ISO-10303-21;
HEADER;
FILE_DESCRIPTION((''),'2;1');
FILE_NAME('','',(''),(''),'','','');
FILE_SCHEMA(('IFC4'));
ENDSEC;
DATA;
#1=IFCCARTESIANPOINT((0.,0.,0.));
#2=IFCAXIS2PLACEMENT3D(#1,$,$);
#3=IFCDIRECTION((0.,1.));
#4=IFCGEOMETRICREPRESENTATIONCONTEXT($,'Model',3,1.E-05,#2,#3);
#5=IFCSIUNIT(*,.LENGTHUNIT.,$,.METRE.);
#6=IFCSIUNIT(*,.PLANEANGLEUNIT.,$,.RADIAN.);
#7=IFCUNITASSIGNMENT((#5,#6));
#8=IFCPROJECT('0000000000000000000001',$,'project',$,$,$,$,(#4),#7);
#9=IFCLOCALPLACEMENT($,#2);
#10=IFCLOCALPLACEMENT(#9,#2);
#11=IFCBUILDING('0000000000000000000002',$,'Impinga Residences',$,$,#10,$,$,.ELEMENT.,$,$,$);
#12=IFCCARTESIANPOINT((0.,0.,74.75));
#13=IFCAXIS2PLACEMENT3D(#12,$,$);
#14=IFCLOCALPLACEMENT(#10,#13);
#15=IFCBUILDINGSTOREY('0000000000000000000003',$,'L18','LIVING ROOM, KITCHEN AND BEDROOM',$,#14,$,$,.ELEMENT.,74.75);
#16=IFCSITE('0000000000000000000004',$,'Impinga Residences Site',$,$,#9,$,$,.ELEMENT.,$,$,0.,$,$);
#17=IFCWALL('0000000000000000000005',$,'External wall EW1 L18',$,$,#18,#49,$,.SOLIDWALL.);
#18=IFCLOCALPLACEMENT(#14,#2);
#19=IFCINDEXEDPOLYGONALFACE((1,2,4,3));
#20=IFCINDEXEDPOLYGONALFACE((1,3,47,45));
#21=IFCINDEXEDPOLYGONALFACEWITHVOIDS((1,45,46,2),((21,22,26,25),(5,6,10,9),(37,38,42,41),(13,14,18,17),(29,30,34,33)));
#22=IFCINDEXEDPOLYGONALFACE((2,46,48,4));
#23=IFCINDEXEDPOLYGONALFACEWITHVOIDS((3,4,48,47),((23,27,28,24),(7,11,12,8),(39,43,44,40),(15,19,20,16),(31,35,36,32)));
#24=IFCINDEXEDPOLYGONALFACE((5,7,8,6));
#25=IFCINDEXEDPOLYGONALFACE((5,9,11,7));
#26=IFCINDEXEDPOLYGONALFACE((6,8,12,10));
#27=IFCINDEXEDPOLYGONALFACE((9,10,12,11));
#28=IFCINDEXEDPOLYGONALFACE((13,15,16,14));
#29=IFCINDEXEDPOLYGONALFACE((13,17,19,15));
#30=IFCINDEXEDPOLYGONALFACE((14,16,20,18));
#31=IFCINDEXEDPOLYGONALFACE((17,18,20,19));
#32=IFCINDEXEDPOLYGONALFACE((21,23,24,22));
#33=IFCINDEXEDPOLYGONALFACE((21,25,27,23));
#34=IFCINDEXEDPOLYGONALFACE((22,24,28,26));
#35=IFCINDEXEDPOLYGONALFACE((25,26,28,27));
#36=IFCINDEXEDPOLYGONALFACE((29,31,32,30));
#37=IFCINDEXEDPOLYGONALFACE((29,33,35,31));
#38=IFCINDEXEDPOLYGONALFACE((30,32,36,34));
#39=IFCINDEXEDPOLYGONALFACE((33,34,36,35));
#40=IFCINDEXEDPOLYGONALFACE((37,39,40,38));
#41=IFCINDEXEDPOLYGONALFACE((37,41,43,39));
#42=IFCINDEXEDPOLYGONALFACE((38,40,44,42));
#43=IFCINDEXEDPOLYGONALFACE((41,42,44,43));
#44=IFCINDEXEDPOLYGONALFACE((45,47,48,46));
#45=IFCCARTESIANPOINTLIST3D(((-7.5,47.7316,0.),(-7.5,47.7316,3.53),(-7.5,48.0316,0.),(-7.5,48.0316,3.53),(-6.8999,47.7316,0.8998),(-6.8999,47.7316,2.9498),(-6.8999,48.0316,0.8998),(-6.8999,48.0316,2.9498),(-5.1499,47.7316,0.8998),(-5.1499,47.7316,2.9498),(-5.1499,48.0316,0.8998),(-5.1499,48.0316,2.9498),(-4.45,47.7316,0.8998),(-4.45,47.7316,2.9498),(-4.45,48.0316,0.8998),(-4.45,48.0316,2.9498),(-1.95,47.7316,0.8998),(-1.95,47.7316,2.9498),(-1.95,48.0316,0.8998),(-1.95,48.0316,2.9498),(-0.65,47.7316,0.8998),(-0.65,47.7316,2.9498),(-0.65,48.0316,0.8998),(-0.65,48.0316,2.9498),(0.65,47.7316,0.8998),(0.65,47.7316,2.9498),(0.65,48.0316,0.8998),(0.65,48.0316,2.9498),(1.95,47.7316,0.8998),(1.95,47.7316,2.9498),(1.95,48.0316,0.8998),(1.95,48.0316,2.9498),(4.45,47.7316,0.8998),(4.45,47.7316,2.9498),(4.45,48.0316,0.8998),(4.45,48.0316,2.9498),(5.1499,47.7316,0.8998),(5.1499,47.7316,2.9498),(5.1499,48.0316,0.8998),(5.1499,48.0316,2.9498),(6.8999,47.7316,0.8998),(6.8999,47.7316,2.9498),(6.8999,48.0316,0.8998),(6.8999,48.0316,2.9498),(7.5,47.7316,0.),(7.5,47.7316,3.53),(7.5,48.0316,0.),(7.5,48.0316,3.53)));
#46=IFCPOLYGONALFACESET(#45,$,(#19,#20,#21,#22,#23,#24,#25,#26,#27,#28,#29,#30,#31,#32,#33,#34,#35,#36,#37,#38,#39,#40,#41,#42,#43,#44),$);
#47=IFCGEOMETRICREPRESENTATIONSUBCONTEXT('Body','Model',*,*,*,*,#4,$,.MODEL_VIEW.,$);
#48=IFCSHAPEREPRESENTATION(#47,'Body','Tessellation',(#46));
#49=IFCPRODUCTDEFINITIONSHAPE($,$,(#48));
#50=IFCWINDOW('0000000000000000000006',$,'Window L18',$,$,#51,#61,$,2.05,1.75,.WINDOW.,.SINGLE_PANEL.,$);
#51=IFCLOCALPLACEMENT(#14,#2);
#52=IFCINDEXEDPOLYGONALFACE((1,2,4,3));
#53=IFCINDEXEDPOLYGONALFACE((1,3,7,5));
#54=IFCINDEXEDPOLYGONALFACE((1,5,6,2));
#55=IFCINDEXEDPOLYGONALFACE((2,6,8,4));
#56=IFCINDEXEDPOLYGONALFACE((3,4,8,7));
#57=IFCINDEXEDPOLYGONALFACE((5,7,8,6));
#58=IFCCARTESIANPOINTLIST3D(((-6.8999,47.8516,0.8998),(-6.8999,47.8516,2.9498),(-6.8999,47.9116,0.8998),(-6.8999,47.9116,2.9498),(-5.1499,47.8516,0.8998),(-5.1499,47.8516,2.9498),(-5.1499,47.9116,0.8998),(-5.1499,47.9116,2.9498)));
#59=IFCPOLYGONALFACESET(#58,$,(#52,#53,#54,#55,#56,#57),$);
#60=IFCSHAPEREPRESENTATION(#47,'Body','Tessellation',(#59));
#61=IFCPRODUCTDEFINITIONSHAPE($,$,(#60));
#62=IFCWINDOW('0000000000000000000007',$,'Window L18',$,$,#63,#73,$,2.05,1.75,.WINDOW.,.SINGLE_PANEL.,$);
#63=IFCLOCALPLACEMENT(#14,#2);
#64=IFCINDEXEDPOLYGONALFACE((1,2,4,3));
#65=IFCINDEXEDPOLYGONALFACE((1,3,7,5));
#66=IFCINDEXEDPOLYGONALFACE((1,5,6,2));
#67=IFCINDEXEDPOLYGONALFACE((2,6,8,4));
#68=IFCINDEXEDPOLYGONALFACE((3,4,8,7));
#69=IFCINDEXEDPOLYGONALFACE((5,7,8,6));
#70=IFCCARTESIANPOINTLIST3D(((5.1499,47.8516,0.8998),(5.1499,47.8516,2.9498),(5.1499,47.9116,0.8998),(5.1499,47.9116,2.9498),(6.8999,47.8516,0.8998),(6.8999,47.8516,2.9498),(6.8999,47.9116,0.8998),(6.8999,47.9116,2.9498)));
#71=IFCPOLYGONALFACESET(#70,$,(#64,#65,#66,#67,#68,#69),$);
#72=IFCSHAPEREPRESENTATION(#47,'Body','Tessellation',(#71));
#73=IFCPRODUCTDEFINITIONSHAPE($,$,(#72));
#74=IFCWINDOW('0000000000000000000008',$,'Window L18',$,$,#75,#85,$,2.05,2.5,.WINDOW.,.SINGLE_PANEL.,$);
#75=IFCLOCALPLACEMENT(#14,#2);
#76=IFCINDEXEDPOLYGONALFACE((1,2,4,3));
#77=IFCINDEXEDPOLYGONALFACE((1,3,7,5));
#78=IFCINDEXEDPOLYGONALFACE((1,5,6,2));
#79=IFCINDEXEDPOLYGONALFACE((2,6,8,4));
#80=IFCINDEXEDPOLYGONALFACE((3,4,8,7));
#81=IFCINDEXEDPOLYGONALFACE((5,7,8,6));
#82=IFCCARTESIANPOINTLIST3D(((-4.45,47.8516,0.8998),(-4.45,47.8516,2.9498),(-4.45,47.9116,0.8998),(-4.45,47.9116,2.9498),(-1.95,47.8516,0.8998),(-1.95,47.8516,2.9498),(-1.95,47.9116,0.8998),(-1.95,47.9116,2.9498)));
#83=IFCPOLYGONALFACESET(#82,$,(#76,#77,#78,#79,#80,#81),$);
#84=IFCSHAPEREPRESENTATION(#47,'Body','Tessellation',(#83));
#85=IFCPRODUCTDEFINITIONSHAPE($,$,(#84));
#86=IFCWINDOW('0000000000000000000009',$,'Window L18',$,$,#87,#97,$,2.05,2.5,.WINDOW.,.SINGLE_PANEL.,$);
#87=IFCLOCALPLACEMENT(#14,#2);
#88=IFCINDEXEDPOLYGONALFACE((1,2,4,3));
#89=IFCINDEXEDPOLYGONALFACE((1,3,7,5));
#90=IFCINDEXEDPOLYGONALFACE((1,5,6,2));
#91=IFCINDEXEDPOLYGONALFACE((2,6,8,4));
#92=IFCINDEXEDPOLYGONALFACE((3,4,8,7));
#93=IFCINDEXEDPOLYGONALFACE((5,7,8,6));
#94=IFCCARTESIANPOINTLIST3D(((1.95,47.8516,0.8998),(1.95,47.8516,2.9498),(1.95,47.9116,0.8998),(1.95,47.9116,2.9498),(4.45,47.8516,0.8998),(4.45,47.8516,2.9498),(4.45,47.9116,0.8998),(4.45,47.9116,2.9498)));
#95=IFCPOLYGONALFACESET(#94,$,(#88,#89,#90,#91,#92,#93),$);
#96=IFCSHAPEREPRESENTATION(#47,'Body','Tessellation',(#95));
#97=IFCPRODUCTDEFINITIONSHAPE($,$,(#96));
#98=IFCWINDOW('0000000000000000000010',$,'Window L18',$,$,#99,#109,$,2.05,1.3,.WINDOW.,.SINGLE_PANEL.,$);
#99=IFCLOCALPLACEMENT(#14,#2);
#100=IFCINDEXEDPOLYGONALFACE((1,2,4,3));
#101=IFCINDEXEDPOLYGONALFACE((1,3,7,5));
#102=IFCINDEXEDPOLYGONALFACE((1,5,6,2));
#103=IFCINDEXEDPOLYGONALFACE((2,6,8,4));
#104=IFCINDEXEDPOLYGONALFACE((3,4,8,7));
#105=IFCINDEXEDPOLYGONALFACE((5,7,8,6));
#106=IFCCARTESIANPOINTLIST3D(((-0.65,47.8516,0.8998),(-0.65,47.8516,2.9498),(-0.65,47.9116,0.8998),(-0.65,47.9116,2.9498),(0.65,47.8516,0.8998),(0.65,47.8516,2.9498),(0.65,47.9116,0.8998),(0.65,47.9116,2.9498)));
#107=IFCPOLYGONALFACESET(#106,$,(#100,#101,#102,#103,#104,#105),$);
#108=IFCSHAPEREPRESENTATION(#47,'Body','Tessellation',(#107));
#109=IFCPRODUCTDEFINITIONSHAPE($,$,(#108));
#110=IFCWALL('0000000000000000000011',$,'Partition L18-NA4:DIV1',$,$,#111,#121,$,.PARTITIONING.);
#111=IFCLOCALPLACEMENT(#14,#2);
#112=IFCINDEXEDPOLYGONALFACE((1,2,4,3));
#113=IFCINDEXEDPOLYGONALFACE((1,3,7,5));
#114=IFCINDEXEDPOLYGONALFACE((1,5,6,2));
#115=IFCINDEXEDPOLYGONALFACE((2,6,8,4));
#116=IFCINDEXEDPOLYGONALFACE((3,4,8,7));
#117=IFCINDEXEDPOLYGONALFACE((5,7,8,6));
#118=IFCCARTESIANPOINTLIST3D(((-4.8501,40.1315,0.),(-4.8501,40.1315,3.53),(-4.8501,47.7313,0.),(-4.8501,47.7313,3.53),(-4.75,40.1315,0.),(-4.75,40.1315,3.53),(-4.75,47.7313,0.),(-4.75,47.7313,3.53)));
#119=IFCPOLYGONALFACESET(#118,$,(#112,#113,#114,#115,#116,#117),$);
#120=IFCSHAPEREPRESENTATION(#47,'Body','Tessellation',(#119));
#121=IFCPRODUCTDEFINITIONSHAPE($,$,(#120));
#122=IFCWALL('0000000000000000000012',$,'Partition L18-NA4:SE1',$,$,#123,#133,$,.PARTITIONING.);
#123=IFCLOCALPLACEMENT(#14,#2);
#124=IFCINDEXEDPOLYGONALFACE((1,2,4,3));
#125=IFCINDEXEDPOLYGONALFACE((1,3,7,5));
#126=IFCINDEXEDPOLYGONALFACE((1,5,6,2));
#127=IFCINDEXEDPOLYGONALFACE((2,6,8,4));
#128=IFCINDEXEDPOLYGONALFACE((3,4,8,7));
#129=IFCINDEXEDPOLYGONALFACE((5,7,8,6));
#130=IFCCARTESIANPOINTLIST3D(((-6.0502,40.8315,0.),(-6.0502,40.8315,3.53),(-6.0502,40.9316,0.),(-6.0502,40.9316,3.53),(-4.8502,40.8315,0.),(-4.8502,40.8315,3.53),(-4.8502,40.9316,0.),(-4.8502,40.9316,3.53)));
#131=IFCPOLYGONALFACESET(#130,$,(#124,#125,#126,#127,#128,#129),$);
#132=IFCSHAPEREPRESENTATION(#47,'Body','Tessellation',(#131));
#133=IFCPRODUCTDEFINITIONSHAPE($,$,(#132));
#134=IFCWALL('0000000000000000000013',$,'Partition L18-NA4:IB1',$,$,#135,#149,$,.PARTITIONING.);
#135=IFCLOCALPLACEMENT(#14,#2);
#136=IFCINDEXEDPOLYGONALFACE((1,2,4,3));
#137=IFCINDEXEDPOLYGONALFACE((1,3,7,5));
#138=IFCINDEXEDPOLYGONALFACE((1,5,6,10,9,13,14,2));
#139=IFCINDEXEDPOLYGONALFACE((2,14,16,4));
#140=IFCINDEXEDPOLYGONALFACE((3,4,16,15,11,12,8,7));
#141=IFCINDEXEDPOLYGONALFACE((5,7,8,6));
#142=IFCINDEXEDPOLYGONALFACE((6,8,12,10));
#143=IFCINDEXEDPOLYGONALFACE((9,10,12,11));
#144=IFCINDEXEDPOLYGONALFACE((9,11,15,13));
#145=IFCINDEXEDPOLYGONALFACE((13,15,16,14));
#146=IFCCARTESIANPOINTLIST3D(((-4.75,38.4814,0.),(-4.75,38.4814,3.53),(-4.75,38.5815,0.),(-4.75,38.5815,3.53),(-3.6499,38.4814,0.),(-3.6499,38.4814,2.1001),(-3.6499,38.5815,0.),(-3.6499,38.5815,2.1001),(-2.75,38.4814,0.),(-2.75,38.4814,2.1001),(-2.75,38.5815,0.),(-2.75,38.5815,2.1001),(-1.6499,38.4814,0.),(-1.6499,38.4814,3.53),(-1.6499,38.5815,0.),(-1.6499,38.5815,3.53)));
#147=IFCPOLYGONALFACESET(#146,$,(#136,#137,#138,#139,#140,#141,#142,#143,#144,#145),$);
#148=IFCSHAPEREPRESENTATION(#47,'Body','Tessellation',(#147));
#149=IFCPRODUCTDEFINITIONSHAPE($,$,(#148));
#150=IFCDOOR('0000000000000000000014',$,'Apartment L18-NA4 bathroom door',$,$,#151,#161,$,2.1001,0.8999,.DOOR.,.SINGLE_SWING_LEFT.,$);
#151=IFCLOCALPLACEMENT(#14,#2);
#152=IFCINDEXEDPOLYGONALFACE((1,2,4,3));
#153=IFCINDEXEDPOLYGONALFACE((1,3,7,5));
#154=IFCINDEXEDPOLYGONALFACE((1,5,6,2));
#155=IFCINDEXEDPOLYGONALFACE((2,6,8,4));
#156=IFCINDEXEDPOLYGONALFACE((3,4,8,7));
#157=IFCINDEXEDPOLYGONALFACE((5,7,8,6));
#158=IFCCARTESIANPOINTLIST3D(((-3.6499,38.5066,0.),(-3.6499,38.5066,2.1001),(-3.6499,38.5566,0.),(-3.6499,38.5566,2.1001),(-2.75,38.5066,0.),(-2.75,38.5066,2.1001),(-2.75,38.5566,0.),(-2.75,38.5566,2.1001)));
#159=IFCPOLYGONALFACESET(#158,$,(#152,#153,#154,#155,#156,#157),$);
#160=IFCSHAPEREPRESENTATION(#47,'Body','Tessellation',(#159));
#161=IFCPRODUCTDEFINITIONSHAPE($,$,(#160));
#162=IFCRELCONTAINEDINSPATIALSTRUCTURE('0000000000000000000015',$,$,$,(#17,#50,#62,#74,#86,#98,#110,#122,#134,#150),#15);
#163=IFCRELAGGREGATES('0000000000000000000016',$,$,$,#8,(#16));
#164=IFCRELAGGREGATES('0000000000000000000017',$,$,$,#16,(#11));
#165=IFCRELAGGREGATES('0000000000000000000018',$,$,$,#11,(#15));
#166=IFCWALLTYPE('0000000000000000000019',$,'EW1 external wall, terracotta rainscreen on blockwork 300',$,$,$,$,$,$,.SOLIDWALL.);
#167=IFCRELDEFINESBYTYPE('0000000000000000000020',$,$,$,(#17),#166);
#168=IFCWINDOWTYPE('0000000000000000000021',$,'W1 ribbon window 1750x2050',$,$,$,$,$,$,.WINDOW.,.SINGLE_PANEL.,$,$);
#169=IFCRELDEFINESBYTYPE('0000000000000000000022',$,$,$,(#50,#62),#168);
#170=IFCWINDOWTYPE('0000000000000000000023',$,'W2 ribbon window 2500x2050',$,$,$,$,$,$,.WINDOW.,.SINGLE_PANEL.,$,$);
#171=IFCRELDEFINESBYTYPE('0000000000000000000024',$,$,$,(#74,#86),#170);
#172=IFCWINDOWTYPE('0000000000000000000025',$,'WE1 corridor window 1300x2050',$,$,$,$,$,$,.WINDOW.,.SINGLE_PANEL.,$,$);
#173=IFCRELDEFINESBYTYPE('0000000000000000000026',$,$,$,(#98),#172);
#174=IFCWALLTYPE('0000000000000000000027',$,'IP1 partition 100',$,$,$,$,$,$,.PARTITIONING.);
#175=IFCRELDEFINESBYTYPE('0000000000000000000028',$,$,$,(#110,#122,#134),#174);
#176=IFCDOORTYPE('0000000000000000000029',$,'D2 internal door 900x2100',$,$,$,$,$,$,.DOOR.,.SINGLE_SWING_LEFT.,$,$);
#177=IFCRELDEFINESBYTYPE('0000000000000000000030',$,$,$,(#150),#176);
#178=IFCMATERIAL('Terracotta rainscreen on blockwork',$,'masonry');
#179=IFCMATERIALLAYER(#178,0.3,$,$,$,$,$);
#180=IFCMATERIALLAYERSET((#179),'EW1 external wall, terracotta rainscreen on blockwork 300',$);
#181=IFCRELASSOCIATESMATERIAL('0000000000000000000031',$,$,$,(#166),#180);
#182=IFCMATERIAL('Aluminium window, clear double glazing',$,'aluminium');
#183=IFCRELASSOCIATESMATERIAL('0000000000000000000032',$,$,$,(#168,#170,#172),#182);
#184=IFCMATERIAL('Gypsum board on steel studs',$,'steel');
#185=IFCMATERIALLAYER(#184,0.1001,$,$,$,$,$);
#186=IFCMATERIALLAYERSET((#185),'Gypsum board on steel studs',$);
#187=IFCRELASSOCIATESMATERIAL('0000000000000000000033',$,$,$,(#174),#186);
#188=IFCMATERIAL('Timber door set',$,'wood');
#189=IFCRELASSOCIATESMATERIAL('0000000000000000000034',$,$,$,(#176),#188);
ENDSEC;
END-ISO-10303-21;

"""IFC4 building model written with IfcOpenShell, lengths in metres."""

from ifc_helpers import new_model, si_unit, direction, frame, frame_2d, origin, place, context, subcontext, project, spatial, rectangle, extrude, material, layer, layer_set, type_object, element, fill, save


model = new_model("IFC4")

# Units and contexts
model_context = context("Model", 3, precision=1e-05, world=origin(), true_north=direction((0.0, 1.0)))
body_context = subcontext(model_context, "Body", "Model", "MODEL_VIEW")
ifc_project = project(units=[si_unit("LENGTHUNIT", "METRE"), si_unit("PLANEANGLEUNIT", "RADIAN")], contexts=[model_context])

# Site, building, storey
site_placement = place(None, origin())
site = spatial("IfcSite", under=ifc_project, at=site_placement, Name="Impinga Residences Site", CompositionType="ELEMENT", RefElevation=0.0)
building_placement = place(site_placement, origin())
building = spatial("IfcBuilding", under=site, at=building_placement, Name="Impinga Residences", CompositionType="ELEMENT")
storey_placement = place(building_placement, frame((0.0, 0.0, 74.75)))
storey = spatial("IfcBuildingStorey", under=building, at=storey_placement, Name="L18", Description="LIVING ROOM, KITCHEN AND BEDROOM", CompositionType="ELEMENT", Elevation=74.75)

# Shared definitions
ifc_material_1 = material(Name="Terracotta rainscreen on blockwork", Category="masonry")
ifc_layer_1 = layer(ifc_material_1, 0.3)
ifc_layer_set_1 = layer_set([ifc_layer_1], Name="EW1 external wall, terracotta rainscreen on blockwork 300")
wall_type_1 = type_object("IfcWallType", Name="EW1 external wall, terracotta rainscreen on blockwork 300", PredefinedType="SOLIDWALL", material=ifc_layer_set_1)

# Wall, openings, windows
wall_1_placement = place(storey_placement, frame((-7.5, 47.8816, 0.0), z_axis=(0.0, 0.0, 1.0), x_axis=(1.0, 0.0, 0.0)))
wall_1 = element("IfcWall", 1, at=wall_1_placement, inside=storey, type_object=wall_type_1, Name="External wall EW1 L18", PredefinedType="SOLIDWALL", context=body_context, shape_type="SweptSolid", body=[
    extrude(rectangle(XDim=15.0, YDim=0.3, at=frame_2d((7.5, 0.0))), origin(), (0.0, 0.0, 1.0), 3.53),
])
opening_1_placement = place(wall_1_placement, frame((0.6001, 0.0, 0.8999)))
opening_1 = element("IfcOpeningElement", 2, at=opening_1_placement, cuts=wall_1, PredefinedType="OPENING", context=body_context, shape_type="SweptSolid", body=[
    extrude(rectangle(XDim=1.75, YDim=2.05, at=frame_2d((0.875, 1.0249))), frame((0.0, 0.1599, 0.0), z_axis=(0.0, -1.0, 0.0), x_axis=(1.0, 0.0, 0.0)), (0.0, 0.0, 1.0), 0.3201),
])
opening_2_placement = place(wall_1_placement, frame((3.05, 0.0, 0.8999)))
opening_2 = element("IfcOpeningElement", 3, at=opening_2_placement, cuts=wall_1, PredefinedType="OPENING", context=body_context, shape_type="SweptSolid", body=[
    extrude(rectangle(XDim=2.5, YDim=2.05, at=frame_2d((1.25, 1.0249))), frame((0.0, 0.1599, 0.0), z_axis=(0.0, -1.0, 0.0), x_axis=(1.0, 0.0, 0.0)), (0.0, 0.0, 1.0), 0.3201),
])
opening_3_placement = place(wall_1_placement, frame((6.8501, 0.0, 0.8999)))
opening_3 = element("IfcOpeningElement", 4, at=opening_3_placement, cuts=wall_1, PredefinedType="OPENING", context=body_context, shape_type="SweptSolid", body=[
    extrude(rectangle(XDim=1.3, YDim=2.05, at=frame_2d((0.6499, 1.0249))), frame((0.0, 0.1599, 0.0), z_axis=(0.0, -1.0, 0.0), x_axis=(1.0, 0.0, 0.0)), (0.0, 0.0, 1.0), 0.3201),
])
opening_4_placement = place(wall_1_placement, frame((9.45, 0.0, 0.8999)))
opening_4 = element("IfcOpeningElement", 5, at=opening_4_placement, cuts=wall_1, PredefinedType="OPENING", context=body_context, shape_type="SweptSolid", body=[
    extrude(rectangle(XDim=2.5, YDim=2.05, at=frame_2d((1.25, 1.0249))), frame((0.0, 0.1599, 0.0), z_axis=(0.0, -1.0, 0.0), x_axis=(1.0, 0.0, 0.0)), (0.0, 0.0, 1.0), 0.3201),
])
opening_5_placement = place(wall_1_placement, frame((12.6499, 0.0, 0.8999)))
opening_5 = element("IfcOpeningElement", 6, at=opening_5_placement, cuts=wall_1, PredefinedType="OPENING", context=body_context, shape_type="SweptSolid", body=[
    extrude(rectangle(XDim=1.75, YDim=2.05, at=frame_2d((0.875, 1.0249))), frame((0.0, 0.1599, 0.0), z_axis=(0.0, -1.0, 0.0), x_axis=(1.0, 0.0, 0.0)), (0.0, 0.0, 1.0), 0.3201),
])
ifc_material_2 = material(Name="Aluminium window, clear double glazing", Category="aluminium")
window_type_1 = type_object("IfcWindowType", Name="W1 ribbon window 1750x2050", PartitioningType="SINGLE_PANEL", PredefinedType="WINDOW", material=ifc_material_2)
window_1_placement = place(opening_1_placement, origin())
window_1 = element("IfcWindow", 7, at=window_1_placement, inside=storey, type_object=window_type_1, Name="Window L18", OverallHeight=2.05, OverallWidth=1.75, PartitioningType="SINGLE_PANEL", PredefinedType="WINDOW", context=body_context, shape_type="SweptSolid", body=[
    extrude(rectangle(XDim=1.75, YDim=2.05, at=frame_2d((0.875, 1.0249))), frame((0.0, 0.03, 0.0), z_axis=(0.0, -1.0, 0.0), x_axis=(1.0, 0.0, 0.0)), (0.0, 0.0, 1.0), 0.0601),
])
fill(opening_1, window_1)
window_2_placement = place(opening_5_placement, origin())
window_2 = element("IfcWindow", 8, at=window_2_placement, inside=storey, type_object=window_type_1, Name="Window L18", OverallHeight=2.05, OverallWidth=1.75, PartitioningType="SINGLE_PANEL", PredefinedType="WINDOW", context=body_context, shape_type="SweptSolid", body=[
    extrude(rectangle(XDim=1.75, YDim=2.05, at=frame_2d((0.875, 1.0249))), frame((0.0, 0.03, 0.0), z_axis=(0.0, -1.0, 0.0), x_axis=(1.0, 0.0, 0.0)), (0.0, 0.0, 1.0), 0.0601),
])
fill(opening_5, window_2)
window_type_2 = type_object("IfcWindowType", Name="W2 ribbon window 2500x2050", PartitioningType="SINGLE_PANEL", PredefinedType="WINDOW", material=ifc_material_2)
window_3_placement = place(opening_2_placement, origin())
window_3 = element("IfcWindow", 9, at=window_3_placement, inside=storey, type_object=window_type_2, Name="Window L18", OverallHeight=2.05, OverallWidth=2.5, PartitioningType="SINGLE_PANEL", PredefinedType="WINDOW", context=body_context, shape_type="SweptSolid", body=[
    extrude(rectangle(XDim=2.5, YDim=2.05, at=frame_2d((1.25, 1.0249))), frame((0.0, 0.03, 0.0), z_axis=(0.0, -1.0, 0.0), x_axis=(1.0, 0.0, 0.0)), (0.0, 0.0, 1.0), 0.0601),
])
fill(opening_2, window_3)
window_4_placement = place(opening_4_placement, origin())
window_4 = element("IfcWindow", 10, at=window_4_placement, inside=storey, type_object=window_type_2, Name="Window L18", OverallHeight=2.05, OverallWidth=2.5, PartitioningType="SINGLE_PANEL", PredefinedType="WINDOW", context=body_context, shape_type="SweptSolid", body=[
    extrude(rectangle(XDim=2.5, YDim=2.05, at=frame_2d((1.25, 1.0249))), frame((0.0, 0.03, 0.0), z_axis=(0.0, -1.0, 0.0), x_axis=(1.0, 0.0, 0.0)), (0.0, 0.0, 1.0), 0.0601),
])
fill(opening_4, window_4)
window_type_3 = type_object("IfcWindowType", Name="WE1 corridor window 1300x2050", PartitioningType="SINGLE_PANEL", PredefinedType="WINDOW", material=ifc_material_2)
window_5_placement = place(opening_3_placement, origin())
window_5 = element("IfcWindow", 11, at=window_5_placement, inside=storey, type_object=window_type_3, Name="Window L18", OverallHeight=2.05, OverallWidth=1.3, PartitioningType="SINGLE_PANEL", PredefinedType="WINDOW", context=body_context, shape_type="SweptSolid", body=[
    extrude(rectangle(XDim=1.3, YDim=2.05, at=frame_2d((0.6499, 1.0249))), frame((0.0, 0.03, 0.0), z_axis=(0.0, -1.0, 0.0), x_axis=(1.0, 0.0, 0.0)), (0.0, 0.0, 1.0), 0.0601),
])
fill(opening_3, window_5)

# Walls
ifc_material_3 = material(Name="Gypsum board on steel studs", Category="steel")
ifc_layer_2 = layer(ifc_material_3, 0.1001)
ifc_layer_set_2 = layer_set([ifc_layer_2], Name="Gypsum board on steel studs")
wall_type_2 = type_object("IfcWallType", Name="IP1 partition 100", PredefinedType="PARTITIONING", material=ifc_layer_set_2)
wall_2_placement = place(storey_placement, frame((-4.8, 40.1316, 0.0), z_axis=(0.0, 0.0, 1.0), x_axis=(0.0, 1.0, 0.0)))
element("IfcWall", 12, at=wall_2_placement, inside=storey, type_object=wall_type_2, Name="Partition L18-NA4:DIV1", PredefinedType="PARTITIONING", context=body_context, shape_type="SweptSolid", body=[
    extrude(rectangle(XDim=7.5999, YDim=0.1001, at=frame_2d((3.7998, 0.0))), origin(), (0.0, 0.0, 1.0), 3.53),
])
wall_3_placement = place(storey_placement, frame((-4.8501, 40.8816, 0.0), z_axis=(0.0, 0.0, 1.0), x_axis=(-1.0, 0.0, 0.0)))
element("IfcWall", 13, at=wall_3_placement, inside=storey, type_object=wall_type_2, Name="Partition L18-NA4:SE1", PredefinedType="PARTITIONING", context=body_context, shape_type="SweptSolid", body=[
    extrude(rectangle(XDim=1.2, YDim=0.1001, at=frame_2d((0.6001, 0.0))), origin(), (0.0, 0.0, 1.0), 3.53),
])

# Wall, opening, door
wall_4_placement = place(storey_placement, frame((-1.6499, 38.5315, 0.0), z_axis=(0.0, 0.0, 1.0), x_axis=(-1.0, 0.0, 0.0)))
wall_4 = element("IfcWall", 14, at=wall_4_placement, inside=storey, type_object=wall_type_2, Name="Partition L18-NA4:IB1", PredefinedType="PARTITIONING", context=body_context, shape_type="SweptSolid", body=[
    extrude(rectangle(XDim=3.1001, YDim=0.1001, at=frame_2d((1.55, 0.0))), origin(), (0.0, 0.0, 1.0), 3.53),
])
opening_6_placement = place(wall_4_placement, frame((1.1001, 0.0, 0.0)))
opening_6 = element("IfcOpeningElement", 15, at=opening_6_placement, cuts=wall_4, PredefinedType="OPENING", context=body_context, shape_type="SweptSolid", body=[
    extrude(rectangle(XDim=0.8999, YDim=2.1001, at=frame_2d((0.45, 1.05))), frame((0.0, 0.0601, 0.0), z_axis=(0.0, -1.0, 0.0), x_axis=(1.0, 0.0, 0.0)), (0.0, 0.0, 1.0), 0.1201),
])
ifc_material_4 = material(Name="Timber door set", Category="wood")
door_type = type_object("IfcDoorType", Name="D2 internal door 900x2100", OperationType="SINGLE_SWING_LEFT", PredefinedType="DOOR", material=ifc_material_4)
door_placement = place(opening_6_placement, origin())
door = element("IfcDoor", 16, at=door_placement, inside=storey, type_object=door_type, Name="Apartment L18-NA4 bathroom door", OperationType="SINGLE_SWING_LEFT", OverallHeight=2.1001, OverallWidth=0.8999, PredefinedType="DOOR", context=body_context, shape_type="SweptSolid", body=[
    extrude(rectangle(XDim=0.8999, YDim=2.1001, at=frame_2d((0.45, 1.05))), frame((0.0, 0.0249, 0.0), z_axis=(0.0, -1.0, 0.0), x_axis=(1.0, 0.0, 0.0)), (0.0, 0.0, 1.0), 0.05),
])
fill(opening_6, door)

save(model, "model.ifc")
